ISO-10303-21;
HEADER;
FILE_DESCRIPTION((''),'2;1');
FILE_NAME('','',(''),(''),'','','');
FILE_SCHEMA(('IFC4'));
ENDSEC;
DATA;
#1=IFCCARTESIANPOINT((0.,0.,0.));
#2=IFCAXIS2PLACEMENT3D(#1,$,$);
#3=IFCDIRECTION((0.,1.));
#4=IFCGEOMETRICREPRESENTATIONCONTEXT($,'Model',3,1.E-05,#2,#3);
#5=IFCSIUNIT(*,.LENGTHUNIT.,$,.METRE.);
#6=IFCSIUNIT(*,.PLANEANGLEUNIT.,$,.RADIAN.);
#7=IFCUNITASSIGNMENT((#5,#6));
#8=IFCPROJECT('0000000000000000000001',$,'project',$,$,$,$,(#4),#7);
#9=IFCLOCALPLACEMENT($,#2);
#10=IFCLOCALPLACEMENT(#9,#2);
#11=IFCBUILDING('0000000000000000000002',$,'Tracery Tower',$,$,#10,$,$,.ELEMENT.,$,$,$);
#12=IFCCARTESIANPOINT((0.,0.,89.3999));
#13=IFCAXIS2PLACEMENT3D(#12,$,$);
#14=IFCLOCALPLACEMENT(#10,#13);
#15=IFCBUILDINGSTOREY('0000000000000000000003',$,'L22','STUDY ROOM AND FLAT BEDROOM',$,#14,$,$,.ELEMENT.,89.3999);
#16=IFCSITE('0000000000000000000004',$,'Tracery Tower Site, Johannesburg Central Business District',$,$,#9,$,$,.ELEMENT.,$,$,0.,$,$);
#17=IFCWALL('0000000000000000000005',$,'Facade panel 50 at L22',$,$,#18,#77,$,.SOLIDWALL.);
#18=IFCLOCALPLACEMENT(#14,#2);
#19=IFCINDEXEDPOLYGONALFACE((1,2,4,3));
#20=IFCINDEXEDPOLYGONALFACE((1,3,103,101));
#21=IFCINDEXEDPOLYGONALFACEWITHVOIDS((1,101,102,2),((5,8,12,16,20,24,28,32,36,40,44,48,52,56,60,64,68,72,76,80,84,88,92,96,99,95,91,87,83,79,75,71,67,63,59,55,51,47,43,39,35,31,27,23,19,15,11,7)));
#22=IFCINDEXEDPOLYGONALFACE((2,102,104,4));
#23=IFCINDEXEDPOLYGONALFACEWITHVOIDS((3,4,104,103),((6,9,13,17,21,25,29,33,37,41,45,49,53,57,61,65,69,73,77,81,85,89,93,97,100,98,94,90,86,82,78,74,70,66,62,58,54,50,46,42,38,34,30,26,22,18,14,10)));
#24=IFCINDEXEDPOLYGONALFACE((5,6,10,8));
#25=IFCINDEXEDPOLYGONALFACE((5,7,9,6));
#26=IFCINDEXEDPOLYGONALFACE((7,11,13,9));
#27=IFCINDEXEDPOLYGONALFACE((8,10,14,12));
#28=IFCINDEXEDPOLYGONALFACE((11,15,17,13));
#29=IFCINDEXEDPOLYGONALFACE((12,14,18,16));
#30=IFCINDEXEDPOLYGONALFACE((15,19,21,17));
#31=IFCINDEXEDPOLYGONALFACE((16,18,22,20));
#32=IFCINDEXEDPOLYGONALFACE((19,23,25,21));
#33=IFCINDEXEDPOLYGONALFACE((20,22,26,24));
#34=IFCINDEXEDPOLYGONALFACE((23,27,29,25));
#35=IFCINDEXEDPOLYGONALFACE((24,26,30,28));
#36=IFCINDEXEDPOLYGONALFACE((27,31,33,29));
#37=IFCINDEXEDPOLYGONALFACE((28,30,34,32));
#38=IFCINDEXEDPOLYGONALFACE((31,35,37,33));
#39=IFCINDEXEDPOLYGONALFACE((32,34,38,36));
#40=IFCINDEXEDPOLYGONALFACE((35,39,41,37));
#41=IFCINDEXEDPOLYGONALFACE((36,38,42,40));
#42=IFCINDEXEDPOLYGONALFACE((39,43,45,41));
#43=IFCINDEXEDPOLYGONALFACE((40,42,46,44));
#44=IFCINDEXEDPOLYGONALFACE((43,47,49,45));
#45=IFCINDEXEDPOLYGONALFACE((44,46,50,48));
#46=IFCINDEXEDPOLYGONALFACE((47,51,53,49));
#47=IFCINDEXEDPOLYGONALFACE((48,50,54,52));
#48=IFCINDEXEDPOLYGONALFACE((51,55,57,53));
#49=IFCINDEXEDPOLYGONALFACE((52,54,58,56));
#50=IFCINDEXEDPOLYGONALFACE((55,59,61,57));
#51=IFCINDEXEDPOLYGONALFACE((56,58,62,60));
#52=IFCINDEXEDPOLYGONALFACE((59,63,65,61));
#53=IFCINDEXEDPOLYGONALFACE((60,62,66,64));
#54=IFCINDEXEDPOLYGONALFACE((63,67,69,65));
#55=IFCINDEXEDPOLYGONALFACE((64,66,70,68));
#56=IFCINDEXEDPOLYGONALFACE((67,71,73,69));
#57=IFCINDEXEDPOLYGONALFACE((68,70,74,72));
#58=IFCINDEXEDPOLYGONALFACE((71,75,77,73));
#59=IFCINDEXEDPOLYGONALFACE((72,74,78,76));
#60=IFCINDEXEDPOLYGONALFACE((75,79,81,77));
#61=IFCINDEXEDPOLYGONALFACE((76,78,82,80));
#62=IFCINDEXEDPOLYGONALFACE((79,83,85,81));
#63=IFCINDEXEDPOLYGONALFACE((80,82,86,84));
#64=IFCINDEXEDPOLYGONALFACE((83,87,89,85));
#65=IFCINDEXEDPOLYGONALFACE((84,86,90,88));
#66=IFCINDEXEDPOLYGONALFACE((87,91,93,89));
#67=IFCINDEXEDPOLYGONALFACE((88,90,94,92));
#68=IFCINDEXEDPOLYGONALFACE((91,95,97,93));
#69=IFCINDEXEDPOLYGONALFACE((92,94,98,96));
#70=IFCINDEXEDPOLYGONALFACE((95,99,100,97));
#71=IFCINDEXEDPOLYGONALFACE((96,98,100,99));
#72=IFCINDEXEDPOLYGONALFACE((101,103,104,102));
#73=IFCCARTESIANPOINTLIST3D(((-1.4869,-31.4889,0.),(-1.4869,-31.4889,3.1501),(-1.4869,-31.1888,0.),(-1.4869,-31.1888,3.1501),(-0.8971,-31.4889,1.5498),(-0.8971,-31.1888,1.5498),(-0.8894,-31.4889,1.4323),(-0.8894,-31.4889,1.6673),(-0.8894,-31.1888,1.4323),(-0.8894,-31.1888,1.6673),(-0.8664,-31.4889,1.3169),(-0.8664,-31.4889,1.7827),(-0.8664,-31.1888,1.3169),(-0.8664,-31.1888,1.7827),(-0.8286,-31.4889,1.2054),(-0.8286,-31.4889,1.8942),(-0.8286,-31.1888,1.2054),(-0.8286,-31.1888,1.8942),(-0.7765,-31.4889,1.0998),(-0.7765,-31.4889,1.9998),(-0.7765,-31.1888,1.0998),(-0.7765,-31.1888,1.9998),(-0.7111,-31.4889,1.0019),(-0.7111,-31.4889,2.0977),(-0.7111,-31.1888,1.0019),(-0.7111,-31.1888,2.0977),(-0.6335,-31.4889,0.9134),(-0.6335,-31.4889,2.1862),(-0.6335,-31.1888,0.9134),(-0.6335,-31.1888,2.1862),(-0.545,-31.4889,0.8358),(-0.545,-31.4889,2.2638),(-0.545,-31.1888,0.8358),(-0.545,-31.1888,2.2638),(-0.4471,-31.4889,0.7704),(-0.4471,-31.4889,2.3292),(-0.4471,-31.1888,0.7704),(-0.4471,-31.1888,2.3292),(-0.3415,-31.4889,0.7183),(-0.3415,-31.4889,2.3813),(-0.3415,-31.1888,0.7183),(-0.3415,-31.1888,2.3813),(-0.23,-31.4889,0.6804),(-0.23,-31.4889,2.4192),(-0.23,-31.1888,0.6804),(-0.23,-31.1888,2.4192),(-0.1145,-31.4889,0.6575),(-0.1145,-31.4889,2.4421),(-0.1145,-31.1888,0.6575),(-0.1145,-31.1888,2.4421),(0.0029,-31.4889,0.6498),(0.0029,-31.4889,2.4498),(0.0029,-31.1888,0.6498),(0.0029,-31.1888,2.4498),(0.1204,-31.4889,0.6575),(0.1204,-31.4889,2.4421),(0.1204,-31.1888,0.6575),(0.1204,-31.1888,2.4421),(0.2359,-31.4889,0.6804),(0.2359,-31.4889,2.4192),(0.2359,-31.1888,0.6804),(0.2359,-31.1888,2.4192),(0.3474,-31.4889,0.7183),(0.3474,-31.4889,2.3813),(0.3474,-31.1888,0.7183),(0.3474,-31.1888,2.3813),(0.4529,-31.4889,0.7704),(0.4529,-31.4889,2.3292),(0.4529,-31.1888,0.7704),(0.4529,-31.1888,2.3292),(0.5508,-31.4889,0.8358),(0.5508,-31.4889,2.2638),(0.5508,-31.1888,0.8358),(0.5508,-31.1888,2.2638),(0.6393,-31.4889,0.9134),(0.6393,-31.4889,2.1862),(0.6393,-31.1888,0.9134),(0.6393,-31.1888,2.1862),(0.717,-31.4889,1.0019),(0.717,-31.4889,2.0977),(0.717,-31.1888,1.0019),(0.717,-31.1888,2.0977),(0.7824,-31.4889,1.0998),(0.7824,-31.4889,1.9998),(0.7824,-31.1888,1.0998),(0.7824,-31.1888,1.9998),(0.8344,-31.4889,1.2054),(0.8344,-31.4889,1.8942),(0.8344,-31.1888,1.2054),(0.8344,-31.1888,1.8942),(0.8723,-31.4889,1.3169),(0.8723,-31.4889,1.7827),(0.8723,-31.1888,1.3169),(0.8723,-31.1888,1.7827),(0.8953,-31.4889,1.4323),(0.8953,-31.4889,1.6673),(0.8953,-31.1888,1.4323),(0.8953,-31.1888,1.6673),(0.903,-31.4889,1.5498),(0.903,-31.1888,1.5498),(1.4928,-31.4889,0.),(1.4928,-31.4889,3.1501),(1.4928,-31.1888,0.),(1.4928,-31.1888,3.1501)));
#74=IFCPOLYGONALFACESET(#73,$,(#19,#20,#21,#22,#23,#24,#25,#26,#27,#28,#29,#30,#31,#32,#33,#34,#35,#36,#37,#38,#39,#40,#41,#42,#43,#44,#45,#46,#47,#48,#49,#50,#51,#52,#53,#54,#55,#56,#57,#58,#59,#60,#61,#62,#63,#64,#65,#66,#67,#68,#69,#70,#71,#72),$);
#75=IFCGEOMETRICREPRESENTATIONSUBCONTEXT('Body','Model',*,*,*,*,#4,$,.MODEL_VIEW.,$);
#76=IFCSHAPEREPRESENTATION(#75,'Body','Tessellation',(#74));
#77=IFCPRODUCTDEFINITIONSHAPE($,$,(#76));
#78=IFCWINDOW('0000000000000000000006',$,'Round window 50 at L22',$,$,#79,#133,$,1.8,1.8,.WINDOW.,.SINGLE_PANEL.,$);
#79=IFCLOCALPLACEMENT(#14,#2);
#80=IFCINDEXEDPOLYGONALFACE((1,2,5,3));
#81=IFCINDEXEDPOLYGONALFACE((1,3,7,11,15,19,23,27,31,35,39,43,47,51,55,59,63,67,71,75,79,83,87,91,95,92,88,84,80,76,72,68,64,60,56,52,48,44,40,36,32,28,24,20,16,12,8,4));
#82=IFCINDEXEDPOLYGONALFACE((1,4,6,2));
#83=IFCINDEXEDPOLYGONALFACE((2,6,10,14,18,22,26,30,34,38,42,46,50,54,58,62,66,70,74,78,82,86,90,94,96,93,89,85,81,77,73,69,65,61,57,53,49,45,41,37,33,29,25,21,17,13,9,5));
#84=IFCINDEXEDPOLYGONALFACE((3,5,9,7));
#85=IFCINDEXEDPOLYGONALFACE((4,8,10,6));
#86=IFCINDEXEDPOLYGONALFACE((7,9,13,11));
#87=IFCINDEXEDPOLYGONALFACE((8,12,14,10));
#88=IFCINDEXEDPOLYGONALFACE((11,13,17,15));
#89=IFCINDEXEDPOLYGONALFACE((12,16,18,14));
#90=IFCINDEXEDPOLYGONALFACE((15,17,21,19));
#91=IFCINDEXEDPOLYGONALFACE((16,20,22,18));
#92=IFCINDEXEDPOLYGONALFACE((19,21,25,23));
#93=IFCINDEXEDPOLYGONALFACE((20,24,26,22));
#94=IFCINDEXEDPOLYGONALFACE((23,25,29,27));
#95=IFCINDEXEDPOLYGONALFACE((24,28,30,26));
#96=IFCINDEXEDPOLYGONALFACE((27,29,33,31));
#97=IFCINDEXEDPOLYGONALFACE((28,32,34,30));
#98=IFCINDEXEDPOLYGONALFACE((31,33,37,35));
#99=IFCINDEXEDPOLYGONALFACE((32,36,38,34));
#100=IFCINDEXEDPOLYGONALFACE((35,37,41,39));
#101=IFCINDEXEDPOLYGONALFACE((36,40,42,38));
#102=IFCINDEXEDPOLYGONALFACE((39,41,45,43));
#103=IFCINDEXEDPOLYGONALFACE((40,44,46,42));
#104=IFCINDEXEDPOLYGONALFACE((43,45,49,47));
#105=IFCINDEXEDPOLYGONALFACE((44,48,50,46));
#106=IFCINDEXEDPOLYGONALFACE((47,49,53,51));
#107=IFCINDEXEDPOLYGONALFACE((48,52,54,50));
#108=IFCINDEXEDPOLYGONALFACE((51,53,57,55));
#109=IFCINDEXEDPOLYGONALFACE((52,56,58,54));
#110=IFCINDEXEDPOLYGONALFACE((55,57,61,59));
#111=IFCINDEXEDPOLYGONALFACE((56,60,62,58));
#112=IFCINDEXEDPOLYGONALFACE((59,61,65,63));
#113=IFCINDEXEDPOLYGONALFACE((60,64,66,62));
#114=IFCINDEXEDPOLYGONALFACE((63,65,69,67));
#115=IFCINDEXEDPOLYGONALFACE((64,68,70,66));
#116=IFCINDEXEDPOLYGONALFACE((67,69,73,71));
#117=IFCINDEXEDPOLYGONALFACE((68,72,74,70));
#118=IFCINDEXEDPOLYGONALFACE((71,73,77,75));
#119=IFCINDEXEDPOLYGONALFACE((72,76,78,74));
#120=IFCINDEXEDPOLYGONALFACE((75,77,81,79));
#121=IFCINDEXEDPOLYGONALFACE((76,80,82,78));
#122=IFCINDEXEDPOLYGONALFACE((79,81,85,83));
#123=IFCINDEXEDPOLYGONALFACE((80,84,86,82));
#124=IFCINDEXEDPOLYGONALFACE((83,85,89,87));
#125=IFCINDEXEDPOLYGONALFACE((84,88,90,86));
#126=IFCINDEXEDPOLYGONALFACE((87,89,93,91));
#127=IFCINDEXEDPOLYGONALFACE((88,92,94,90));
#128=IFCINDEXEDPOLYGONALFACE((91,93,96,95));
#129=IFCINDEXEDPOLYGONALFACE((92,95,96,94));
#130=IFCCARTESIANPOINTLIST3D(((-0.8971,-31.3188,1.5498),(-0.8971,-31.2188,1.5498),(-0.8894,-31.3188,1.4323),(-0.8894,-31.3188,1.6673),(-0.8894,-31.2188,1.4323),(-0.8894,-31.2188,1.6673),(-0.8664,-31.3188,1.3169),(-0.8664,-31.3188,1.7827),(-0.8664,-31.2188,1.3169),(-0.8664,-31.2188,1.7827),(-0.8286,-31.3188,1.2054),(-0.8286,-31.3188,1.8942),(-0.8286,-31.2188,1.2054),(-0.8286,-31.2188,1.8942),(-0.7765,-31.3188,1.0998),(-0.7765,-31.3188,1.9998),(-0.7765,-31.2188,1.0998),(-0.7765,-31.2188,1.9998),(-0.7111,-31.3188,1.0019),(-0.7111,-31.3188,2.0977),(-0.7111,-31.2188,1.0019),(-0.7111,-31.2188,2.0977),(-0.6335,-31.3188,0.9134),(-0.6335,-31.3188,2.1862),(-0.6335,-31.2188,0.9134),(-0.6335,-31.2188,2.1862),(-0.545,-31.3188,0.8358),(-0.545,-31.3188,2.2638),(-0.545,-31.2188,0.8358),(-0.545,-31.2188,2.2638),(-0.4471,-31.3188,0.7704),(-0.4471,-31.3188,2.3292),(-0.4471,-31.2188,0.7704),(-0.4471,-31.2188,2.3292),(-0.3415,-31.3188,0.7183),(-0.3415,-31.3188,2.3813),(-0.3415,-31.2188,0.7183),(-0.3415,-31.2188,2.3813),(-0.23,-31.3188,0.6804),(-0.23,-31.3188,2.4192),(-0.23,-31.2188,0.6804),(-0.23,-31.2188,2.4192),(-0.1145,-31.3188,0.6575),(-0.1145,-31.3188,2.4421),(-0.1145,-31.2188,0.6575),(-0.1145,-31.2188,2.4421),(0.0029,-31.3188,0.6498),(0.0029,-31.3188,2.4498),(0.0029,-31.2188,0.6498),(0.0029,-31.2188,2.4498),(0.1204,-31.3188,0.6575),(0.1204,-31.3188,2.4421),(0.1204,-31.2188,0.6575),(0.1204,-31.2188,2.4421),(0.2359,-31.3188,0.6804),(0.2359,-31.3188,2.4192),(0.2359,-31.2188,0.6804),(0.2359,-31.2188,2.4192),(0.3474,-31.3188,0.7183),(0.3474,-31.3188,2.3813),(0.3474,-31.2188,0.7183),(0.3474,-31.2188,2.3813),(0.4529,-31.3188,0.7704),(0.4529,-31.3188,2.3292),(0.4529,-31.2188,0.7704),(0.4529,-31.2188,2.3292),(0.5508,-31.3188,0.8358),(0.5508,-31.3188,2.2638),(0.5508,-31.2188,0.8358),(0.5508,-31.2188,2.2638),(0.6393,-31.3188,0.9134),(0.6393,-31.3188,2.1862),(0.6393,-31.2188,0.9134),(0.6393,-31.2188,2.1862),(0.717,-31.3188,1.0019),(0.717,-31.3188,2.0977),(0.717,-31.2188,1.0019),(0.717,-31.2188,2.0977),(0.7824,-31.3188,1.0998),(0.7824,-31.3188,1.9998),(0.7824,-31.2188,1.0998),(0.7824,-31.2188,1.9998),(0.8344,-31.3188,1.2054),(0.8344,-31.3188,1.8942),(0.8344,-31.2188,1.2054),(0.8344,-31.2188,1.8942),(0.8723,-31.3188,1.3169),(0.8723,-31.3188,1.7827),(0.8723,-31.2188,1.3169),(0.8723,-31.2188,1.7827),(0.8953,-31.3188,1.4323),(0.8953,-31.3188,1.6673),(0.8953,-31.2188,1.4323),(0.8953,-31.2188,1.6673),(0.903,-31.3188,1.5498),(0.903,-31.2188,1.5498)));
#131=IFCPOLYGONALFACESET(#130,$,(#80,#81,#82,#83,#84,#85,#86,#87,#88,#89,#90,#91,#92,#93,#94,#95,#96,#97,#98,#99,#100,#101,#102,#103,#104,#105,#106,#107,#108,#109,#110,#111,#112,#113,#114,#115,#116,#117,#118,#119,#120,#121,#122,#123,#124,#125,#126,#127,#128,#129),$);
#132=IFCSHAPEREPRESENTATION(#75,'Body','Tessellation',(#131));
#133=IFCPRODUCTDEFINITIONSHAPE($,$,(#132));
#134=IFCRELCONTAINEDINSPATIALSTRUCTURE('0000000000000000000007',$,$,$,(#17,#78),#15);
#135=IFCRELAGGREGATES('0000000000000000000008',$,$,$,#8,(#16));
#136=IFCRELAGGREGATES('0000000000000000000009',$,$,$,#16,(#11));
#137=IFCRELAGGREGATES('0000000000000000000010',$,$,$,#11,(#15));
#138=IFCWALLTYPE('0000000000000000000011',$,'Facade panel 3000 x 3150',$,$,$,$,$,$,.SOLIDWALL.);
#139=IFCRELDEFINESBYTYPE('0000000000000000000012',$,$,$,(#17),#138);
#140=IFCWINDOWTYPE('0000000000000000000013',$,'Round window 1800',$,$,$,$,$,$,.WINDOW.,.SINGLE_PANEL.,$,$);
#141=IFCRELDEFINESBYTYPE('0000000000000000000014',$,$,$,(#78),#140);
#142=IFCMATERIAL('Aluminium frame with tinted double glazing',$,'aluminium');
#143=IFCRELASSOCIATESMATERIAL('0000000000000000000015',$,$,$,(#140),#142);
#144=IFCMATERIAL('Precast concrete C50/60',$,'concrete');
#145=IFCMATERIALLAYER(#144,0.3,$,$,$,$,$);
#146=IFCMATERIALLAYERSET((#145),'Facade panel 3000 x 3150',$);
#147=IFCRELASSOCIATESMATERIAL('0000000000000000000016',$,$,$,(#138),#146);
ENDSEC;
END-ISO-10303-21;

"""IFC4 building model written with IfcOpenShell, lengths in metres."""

from ifc_helpers import new_model, si_unit, direction, frame, frame_2d, origin, origin_2d, place, context, subcontext, project, spatial, rectangle, circle, extrude, material, layer, layer_set, type_object, element, fill, save


model = new_model("IFC4")

# Units and contexts
model_context = context("Model", 3, precision=1e-05, world=origin(), true_north=direction((0.0, 1.0)))
body_context = subcontext(model_context, "Body", "Model", "MODEL_VIEW")
ifc_project = project(units=[si_unit("LENGTHUNIT", "METRE"), si_unit("PLANEANGLEUNIT", "RADIAN")], contexts=[model_context])

# Site, building, storey
site_placement = place(None, origin())
site = spatial("IfcSite", under=ifc_project, at=site_placement, Name="Tracery Tower Site, Johannesburg Central Business District", CompositionType="ELEMENT", RefElevation=0.0)
building_placement = place(site_placement, origin())
building = spatial("IfcBuilding", under=site, at=building_placement, Name="Tracery Tower", CompositionType="ELEMENT")
storey_placement = place(building_placement, frame((0.0, 0.0, 89.3999)))
storey = spatial("IfcBuildingStorey", under=building, at=storey_placement, Name="L22", Description="STUDY ROOM AND FLAT BEDROOM", CompositionType="ELEMENT", Elevation=89.3999)

# Wall, opening, window
ifc_material_1 = material(Name="Aluminium frame with tinted double glazing", Category="aluminium")
window_type = type_object("IfcWindowType", Name="Round window 1800", PartitioningType="SINGLE_PANEL", PredefinedType="WINDOW", material=ifc_material_1)
ifc_material_2 = material(Name="Precast concrete C50/60", Category="concrete")
ifc_layer_1 = layer(ifc_material_2, 0.3)
ifc_layer_set_1 = layer_set([ifc_layer_1], Name="Facade panel 3000 x 3150")
wall_type_1 = type_object("IfcWallType", Name="Facade panel 3000 x 3150", PredefinedType="SOLIDWALL", material=ifc_layer_set_1)
wall_1_placement = place(storey_placement, frame((-1.4868, -31.3389, 0.0), z_axis=(0.0, 0.0, 1.0), x_axis=(1.0, 0.0, 0.0)))
wall_1 = element("IfcWall", 1, at=wall_1_placement, inside=storey, type_object=wall_type_1, Name="Facade panel 50 at L22", PredefinedType="SOLIDWALL", context=body_context, shape_type="SweptSolid", body=[
    extrude(rectangle(XDim=2.9797, YDim=0.3, at=frame_2d((1.4897, 0.0))), origin(), (0.0, 0.0, 1.0), 3.1501),
])
opening_1_placement = place(wall_1_placement, frame((1.4897, 0.0, 1.5498)))
opening_1 = element("IfcOpeningElement", 2, at=opening_1_placement, cuts=wall_1, PredefinedType="OPENING", context=body_context, shape_type="SweptSolid", body=[
    extrude(circle(Radius=0.9, at=origin_2d()), frame((0.0, 0.1599, 0.0), z_axis=(0.0, -1.0, 0.0), x_axis=(1.0, 0.0, 0.0)), (0.0, 0.0, 1.0), 0.3201),
])
window_1_placement = place(opening_1_placement, origin())
window_1 = element("IfcWindow", 3, at=window_1_placement, inside=storey, type_object=window_type, Name="Round window 50 at L22", OverallHeight=1.8, OverallWidth=1.8, PartitioningType="SINGLE_PANEL", PredefinedType="WINDOW", context=body_context, shape_type="SweptSolid", body=[
    extrude(circle(Radius=0.9, at=origin_2d()), frame((0.0, 0.1201, 0.0), z_axis=(0.0, -1.0, 0.0), x_axis=(1.0, 0.0, 0.0)), (0.0, 0.0, 1.0), 0.1001),
])
fill(opening_1, window_1)

save(model, "model.ifc")
